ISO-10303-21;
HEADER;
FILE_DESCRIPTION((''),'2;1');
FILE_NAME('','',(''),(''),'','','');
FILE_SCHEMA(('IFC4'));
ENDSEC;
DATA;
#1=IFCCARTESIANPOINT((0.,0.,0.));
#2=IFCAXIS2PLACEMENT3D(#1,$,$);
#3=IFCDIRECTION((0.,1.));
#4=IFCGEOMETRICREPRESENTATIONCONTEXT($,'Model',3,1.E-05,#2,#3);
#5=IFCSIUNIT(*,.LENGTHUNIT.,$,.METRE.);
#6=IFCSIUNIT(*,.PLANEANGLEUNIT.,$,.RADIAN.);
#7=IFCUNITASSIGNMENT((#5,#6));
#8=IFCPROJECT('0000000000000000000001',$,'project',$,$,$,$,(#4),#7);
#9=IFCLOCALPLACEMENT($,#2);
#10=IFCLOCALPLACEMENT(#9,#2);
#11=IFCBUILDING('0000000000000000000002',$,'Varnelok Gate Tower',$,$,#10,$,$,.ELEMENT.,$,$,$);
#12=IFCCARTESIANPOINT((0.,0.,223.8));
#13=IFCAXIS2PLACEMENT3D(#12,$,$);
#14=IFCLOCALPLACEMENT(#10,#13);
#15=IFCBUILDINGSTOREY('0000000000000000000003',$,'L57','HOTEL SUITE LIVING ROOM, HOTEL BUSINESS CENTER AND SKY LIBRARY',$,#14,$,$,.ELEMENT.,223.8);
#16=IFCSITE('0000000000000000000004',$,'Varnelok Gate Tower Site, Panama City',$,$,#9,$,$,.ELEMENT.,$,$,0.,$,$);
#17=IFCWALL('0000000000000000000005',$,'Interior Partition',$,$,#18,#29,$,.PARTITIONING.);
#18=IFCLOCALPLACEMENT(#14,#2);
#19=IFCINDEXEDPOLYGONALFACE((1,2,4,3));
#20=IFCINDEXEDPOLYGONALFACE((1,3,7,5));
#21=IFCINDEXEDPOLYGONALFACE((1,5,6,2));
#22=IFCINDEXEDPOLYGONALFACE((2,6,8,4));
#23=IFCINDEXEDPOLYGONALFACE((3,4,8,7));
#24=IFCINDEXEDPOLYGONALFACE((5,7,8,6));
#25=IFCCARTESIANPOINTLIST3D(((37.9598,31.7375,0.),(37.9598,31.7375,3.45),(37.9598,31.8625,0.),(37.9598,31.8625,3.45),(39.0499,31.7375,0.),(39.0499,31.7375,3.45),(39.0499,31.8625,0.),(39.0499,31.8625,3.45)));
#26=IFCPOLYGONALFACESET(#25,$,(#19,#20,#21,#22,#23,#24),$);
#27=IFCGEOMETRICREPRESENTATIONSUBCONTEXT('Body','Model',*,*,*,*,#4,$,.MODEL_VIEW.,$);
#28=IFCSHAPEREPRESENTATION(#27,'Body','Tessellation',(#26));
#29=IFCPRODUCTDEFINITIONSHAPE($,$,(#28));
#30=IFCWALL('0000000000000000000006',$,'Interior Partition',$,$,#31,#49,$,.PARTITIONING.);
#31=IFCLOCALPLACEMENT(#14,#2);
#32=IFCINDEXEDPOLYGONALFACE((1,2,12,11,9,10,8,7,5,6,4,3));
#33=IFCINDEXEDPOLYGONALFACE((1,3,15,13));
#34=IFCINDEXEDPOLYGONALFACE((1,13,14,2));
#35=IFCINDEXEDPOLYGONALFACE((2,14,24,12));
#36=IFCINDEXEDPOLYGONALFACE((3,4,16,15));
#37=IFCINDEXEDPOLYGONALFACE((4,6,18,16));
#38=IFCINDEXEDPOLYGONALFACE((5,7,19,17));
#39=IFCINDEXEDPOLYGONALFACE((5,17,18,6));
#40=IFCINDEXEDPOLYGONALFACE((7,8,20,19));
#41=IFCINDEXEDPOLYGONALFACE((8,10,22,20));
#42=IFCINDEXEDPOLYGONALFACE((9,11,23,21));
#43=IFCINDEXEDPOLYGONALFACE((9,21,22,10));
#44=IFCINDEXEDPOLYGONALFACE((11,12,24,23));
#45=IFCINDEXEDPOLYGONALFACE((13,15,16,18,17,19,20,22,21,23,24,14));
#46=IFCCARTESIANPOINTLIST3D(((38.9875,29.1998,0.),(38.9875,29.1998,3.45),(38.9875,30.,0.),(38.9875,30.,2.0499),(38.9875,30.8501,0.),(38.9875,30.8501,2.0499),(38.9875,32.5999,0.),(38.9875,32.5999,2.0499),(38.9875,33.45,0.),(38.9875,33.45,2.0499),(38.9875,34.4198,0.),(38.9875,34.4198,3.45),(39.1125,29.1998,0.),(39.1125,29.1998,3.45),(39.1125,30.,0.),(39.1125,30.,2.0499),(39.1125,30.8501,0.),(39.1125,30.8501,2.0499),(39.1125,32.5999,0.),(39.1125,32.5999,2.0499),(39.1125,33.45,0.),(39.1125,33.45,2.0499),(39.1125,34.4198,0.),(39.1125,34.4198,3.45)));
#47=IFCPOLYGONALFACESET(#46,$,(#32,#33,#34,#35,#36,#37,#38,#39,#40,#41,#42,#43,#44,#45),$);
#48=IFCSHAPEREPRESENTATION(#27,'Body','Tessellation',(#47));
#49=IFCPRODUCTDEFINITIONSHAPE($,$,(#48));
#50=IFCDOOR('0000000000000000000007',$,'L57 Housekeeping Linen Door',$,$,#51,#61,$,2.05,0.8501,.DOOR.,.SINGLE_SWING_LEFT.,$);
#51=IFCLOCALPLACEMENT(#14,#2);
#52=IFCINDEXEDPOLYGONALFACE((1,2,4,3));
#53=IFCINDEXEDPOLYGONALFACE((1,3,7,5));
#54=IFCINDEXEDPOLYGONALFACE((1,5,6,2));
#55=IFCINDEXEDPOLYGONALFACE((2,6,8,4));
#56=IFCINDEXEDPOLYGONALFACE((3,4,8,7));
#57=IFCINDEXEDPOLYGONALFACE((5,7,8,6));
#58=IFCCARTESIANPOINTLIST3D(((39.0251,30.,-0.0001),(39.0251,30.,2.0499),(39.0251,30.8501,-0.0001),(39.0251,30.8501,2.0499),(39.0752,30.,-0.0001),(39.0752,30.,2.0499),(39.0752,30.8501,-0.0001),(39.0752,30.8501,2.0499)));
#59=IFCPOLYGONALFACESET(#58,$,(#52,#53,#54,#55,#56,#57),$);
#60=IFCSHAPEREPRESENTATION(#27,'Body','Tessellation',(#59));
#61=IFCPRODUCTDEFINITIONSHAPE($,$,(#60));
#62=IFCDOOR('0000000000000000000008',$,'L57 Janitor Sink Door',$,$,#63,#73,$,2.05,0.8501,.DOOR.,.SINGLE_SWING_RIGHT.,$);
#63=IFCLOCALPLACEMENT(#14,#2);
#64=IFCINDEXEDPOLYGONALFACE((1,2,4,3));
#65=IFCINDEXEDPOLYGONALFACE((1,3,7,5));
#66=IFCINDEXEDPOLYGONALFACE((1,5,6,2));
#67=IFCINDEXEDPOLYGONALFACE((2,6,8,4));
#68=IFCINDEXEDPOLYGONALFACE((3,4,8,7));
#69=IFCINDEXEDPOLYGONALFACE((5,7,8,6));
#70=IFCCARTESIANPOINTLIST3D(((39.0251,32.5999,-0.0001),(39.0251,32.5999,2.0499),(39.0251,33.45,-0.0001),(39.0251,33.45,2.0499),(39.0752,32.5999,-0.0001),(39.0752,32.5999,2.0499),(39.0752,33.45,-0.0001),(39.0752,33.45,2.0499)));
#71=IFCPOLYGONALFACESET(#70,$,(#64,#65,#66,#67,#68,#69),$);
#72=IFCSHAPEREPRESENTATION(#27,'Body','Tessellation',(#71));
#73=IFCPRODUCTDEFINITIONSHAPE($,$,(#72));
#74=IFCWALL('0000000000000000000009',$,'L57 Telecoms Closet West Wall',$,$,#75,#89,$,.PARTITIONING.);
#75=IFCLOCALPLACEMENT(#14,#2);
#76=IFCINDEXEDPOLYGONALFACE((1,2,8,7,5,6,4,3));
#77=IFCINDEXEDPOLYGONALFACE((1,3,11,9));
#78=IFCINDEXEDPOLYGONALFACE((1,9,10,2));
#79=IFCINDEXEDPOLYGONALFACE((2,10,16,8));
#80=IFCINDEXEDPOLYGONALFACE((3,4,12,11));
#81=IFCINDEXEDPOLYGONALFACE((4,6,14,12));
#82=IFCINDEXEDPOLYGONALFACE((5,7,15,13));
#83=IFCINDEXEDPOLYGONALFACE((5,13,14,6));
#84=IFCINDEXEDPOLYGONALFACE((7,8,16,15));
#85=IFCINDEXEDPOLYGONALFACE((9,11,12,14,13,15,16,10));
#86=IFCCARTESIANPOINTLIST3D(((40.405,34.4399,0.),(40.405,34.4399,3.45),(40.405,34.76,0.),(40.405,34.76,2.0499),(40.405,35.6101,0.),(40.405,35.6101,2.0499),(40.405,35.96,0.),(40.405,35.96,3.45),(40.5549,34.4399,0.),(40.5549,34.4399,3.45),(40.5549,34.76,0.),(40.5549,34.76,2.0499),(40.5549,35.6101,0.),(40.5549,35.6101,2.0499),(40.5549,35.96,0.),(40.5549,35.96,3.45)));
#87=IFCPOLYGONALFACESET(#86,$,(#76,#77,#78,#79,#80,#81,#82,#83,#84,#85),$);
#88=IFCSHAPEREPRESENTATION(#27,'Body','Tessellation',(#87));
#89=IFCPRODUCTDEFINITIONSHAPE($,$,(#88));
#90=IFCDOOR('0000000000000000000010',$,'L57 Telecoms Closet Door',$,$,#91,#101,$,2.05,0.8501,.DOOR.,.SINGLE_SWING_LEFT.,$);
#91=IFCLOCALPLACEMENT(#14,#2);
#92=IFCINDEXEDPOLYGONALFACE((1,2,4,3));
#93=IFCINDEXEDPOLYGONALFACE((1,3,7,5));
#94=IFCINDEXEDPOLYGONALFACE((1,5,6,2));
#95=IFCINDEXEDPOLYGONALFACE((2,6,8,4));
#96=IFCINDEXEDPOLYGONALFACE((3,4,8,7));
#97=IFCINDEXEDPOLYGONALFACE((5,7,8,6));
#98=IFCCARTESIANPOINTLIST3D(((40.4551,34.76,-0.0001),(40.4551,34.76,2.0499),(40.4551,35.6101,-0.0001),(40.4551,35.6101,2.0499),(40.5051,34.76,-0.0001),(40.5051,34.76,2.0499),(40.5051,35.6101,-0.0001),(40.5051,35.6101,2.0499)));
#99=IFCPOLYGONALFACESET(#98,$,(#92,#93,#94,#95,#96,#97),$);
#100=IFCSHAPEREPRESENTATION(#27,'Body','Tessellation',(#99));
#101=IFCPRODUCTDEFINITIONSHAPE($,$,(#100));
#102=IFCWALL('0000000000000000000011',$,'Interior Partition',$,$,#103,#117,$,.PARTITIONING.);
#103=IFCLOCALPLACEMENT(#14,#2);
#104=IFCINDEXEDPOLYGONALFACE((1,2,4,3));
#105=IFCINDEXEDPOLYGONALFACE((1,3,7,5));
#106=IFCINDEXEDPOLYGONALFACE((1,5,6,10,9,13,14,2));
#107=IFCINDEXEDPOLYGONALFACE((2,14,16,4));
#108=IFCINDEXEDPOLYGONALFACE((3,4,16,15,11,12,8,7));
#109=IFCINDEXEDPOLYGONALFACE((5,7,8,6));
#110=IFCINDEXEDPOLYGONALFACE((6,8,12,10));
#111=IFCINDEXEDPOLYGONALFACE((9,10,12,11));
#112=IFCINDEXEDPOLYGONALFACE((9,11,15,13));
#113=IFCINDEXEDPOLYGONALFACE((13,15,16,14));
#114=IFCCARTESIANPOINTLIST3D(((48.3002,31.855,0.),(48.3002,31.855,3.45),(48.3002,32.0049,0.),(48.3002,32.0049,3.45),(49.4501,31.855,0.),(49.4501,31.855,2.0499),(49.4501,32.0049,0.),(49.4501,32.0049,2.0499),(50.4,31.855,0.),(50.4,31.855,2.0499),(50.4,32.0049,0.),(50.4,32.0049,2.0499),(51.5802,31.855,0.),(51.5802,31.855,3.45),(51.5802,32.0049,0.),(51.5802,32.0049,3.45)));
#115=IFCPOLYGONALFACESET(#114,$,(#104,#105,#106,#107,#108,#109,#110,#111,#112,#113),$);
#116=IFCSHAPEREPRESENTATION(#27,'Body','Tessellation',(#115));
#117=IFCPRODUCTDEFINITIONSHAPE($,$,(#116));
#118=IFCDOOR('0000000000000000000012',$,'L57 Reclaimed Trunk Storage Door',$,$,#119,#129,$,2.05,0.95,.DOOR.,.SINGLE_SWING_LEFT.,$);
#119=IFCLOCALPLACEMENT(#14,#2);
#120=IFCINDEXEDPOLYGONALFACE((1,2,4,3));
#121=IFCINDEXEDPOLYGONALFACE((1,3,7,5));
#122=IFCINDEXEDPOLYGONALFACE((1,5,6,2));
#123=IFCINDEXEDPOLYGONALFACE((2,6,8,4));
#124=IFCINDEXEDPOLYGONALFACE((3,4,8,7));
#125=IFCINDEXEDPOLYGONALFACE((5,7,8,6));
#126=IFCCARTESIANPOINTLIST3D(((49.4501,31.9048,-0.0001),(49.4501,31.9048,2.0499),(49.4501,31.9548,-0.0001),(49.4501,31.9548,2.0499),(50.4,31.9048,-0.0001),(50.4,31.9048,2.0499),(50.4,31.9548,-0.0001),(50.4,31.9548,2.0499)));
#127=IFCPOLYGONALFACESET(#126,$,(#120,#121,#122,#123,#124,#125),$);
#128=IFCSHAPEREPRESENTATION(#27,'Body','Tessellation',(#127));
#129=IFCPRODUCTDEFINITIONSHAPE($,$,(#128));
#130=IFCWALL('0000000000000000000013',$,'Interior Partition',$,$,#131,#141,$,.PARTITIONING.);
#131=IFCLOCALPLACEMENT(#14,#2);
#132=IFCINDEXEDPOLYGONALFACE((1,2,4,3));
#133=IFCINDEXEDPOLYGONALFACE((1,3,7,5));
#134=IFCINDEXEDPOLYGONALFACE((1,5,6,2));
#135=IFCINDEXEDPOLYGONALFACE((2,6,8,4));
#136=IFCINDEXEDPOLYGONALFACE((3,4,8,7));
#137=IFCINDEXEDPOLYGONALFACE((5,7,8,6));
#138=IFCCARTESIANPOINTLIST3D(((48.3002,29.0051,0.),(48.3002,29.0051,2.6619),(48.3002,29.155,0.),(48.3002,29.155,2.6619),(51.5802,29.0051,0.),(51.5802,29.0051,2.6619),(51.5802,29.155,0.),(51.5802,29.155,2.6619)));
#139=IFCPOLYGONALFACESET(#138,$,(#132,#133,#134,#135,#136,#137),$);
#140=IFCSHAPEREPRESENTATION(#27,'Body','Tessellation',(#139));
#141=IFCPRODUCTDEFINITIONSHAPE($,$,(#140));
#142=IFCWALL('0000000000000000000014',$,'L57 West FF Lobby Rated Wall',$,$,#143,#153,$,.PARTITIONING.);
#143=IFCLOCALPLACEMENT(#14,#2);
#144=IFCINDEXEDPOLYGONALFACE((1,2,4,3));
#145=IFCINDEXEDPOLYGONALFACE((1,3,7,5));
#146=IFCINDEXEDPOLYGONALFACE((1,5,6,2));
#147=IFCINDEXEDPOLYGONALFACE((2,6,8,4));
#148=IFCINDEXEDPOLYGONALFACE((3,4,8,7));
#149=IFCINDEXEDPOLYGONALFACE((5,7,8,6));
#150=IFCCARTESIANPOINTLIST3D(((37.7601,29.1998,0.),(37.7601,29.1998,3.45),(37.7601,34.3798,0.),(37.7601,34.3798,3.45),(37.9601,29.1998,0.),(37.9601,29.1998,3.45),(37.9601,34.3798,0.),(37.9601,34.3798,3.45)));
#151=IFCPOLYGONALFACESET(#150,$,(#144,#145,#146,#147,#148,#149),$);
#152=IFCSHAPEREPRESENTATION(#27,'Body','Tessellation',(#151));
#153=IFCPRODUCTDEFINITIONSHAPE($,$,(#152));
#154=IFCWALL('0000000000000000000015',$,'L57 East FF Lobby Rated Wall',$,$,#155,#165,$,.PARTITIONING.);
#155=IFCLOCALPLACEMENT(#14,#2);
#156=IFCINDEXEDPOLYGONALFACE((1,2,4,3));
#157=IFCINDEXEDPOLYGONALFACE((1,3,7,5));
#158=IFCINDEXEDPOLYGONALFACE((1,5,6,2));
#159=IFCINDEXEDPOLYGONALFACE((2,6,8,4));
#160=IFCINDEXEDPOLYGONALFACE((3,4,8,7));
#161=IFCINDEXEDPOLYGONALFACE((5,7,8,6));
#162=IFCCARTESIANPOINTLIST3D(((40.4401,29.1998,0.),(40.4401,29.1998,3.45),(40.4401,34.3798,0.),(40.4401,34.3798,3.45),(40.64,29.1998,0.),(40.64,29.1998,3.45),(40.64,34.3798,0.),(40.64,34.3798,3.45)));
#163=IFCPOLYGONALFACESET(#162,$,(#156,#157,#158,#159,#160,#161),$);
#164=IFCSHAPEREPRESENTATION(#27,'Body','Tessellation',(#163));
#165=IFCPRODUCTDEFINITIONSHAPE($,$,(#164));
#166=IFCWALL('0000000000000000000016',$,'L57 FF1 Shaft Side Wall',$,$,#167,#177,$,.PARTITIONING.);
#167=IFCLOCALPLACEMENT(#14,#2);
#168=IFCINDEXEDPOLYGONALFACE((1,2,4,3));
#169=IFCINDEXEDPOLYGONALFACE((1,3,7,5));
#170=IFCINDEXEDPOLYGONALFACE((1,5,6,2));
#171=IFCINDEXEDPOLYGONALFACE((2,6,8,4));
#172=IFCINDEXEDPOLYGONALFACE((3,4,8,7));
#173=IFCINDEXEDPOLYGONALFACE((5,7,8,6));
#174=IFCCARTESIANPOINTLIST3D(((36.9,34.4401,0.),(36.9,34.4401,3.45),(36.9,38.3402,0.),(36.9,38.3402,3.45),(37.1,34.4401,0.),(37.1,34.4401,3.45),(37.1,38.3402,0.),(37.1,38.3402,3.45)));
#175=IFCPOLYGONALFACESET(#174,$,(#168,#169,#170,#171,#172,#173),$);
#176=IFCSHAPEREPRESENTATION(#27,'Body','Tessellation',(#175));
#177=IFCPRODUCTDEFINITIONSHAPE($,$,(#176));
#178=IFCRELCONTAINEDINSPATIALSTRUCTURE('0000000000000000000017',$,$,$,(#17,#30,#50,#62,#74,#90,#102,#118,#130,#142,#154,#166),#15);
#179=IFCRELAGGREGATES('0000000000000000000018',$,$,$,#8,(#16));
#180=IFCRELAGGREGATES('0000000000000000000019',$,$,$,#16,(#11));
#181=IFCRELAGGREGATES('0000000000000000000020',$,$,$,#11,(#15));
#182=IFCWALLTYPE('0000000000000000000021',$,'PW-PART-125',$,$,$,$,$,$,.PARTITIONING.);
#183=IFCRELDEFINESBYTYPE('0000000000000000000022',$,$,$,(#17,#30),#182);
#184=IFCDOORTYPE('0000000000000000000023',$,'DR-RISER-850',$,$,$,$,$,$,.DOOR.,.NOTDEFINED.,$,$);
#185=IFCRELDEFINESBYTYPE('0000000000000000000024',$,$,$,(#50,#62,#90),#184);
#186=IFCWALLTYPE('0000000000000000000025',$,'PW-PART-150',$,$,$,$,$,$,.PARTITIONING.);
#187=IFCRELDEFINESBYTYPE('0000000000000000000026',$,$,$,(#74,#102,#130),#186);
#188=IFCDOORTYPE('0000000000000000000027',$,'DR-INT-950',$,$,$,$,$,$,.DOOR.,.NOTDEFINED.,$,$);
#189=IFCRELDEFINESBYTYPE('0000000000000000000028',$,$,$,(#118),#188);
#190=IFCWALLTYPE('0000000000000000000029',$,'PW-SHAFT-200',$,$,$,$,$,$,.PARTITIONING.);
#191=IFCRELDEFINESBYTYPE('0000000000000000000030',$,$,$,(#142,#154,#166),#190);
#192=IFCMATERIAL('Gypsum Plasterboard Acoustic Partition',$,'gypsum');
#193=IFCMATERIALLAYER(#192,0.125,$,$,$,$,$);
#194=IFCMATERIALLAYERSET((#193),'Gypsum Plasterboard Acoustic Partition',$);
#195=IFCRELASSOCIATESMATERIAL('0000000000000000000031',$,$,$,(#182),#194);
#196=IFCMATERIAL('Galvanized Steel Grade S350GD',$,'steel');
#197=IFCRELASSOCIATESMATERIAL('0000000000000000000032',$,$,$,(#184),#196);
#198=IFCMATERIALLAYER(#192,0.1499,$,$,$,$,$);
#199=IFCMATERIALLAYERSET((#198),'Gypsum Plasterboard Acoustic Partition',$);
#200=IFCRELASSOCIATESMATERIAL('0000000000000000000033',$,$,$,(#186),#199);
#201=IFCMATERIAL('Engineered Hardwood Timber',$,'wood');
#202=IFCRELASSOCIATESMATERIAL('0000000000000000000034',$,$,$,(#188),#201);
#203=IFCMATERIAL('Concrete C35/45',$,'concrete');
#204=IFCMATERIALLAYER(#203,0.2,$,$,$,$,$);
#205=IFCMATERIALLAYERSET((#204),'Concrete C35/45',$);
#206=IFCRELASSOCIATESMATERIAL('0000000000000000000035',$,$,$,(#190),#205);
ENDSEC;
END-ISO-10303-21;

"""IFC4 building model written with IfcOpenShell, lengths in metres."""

from ifc_helpers import new_model, si_unit, direction, frame, frame_2d, origin, place, context, subcontext, project, spatial, rectangle, extrude, material, layer, layer_set, type_object, element, fill, save


model = new_model("IFC4")

# Units and contexts
model_context = context("Model", 3, precision=1e-05, world=origin(), true_north=direction((0.0, 1.0)))
body_context = subcontext(model_context, "Body", "Model", "MODEL_VIEW")
ifc_project = project(units=[si_unit("LENGTHUNIT", "METRE"), si_unit("PLANEANGLEUNIT", "RADIAN")], contexts=[model_context])

# Site, building, storey
site_placement = place(None, origin())
site = spatial("IfcSite", under=ifc_project, at=site_placement, Name="Varnelok Gate Tower Site, Panama City", CompositionType="ELEMENT", RefElevation=0.0)
building_placement = place(site_placement, origin())
building = spatial("IfcBuilding", under=site, at=building_placement, Name="Varnelok Gate Tower", CompositionType="ELEMENT")
storey_placement = place(building_placement, frame((0.0, 0.0, 223.8)))
storey = spatial("IfcBuildingStorey", under=building, at=storey_placement, Name="L57", Description="HOTEL SUITE LIVING ROOM, HOTEL BUSINESS CENTER AND SKY LIBRARY", CompositionType="ELEMENT", Elevation=223.8)

# Wall
ifc_material_1 = material(Name="Gypsum Plasterboard Acoustic Partition", Category="gypsum")
ifc_layer_1 = layer(ifc_material_1, 0.125)
ifc_layer_set_1 = layer_set([ifc_layer_1], Name="Gypsum Plasterboard Acoustic Partition")
wall_type_1 = type_object("IfcWallType", Name="PW-PART-125", PredefinedType="PARTITIONING", material=ifc_layer_set_1)
wall_1_placement = place(storey_placement, frame((37.96, 31.8, 0.0), z_axis=(0.0, 0.0, 1.0), x_axis=(1.0, 0.0, 0.0)))
element("IfcWall", 1, at=wall_1_placement, inside=storey, type_object=wall_type_1, Name="Interior Partition", PredefinedType="PARTITIONING", context=body_context, shape_type="SweptSolid", body=[
    extrude(rectangle(XDim=1.0901, YDim=0.125, at=frame_2d((0.5449, 0.0))), origin(), (0.0, 0.0, 1.0), 3.45),
])

# Wall, openings, doors
wall_2_placement = place(storey_placement, frame((39.05, 29.2, 0.0), z_axis=(0.0, 0.0, 1.0), x_axis=(0.0, 1.0, 0.0)))
wall_2 = element("IfcWall", 2, at=wall_2_placement, inside=storey, type_object=wall_type_1, Name="Interior Partition", PredefinedType="PARTITIONING", context=body_context, shape_type="SweptSolid", body=[
    extrude(rectangle(XDim=5.22, YDim=0.125, at=frame_2d((2.6099, 0.0))), origin(), (0.0, 0.0, 1.0), 3.45),
])
opening_1_placement = place(wall_2_placement, frame((0.8, 0.0, 0.0)))
opening_1 = element("IfcOpeningElement", 3, at=opening_1_placement, cuts=wall_2, PredefinedType="OPENING", context=body_context, shape_type="SweptSolid", body=[
    extrude(rectangle(XDim=0.8501, YDim=2.05, at=frame_2d((0.425, 1.0249))), frame((0.0, 0.0725, 0.0), z_axis=(0.0, -1.0, 0.0), x_axis=(1.0, 0.0, 0.0)), (0.0, 0.0, 1.0), 0.145),
])
opening_2_placement = place(wall_2_placement, frame((3.3999, 0.0, 0.0)))
opening_2 = element("IfcOpeningElement", 4, at=opening_2_placement, cuts=wall_2, PredefinedType="OPENING", context=body_context, shape_type="SweptSolid", body=[
    extrude(rectangle(XDim=0.8501, YDim=2.05, at=frame_2d((0.425, 1.0249))), frame((0.0, 0.0725, 0.0), z_axis=(0.0, -1.0, 0.0), x_axis=(1.0, 0.0, 0.0)), (0.0, 0.0, 1.0), 0.145),
])
ifc_material_2 = material(Name="Galvanized Steel Grade S350GD", Category="steel")
door_type_1 = type_object("IfcDoorType", Name="DR-RISER-850", OperationType="NOTDEFINED", PredefinedType="DOOR", material=ifc_material_2)
door_1_placement = place(opening_1_placement, origin())
door_1 = element("IfcDoor", 5, at=door_1_placement, inside=storey, type_object=door_type_1, Name="L57 Housekeeping Linen Door", OperationType="SINGLE_SWING_LEFT", OverallHeight=2.05, OverallWidth=0.8501, PredefinedType="DOOR", context=body_context, shape_type="SweptSolid", body=[
    extrude(rectangle(XDim=0.8501, YDim=2.05, at=frame_2d((0.425, 1.0249))), frame((0.0, 0.0249, 0.0), z_axis=(0.0, -1.0, 0.0), x_axis=(1.0, 0.0, 0.0)), (0.0, 0.0, 1.0), 0.05),
])
fill(opening_1, door_1)
door_2_placement = place(opening_2_placement, origin())
door_2 = element("IfcDoor", 6, at=door_2_placement, inside=storey, type_object=door_type_1, Name="L57 Janitor Sink Door", OperationType="SINGLE_SWING_RIGHT", OverallHeight=2.05, OverallWidth=0.8501, PredefinedType="DOOR", context=body_context, shape_type="SweptSolid", body=[
    extrude(rectangle(XDim=0.8501, YDim=2.05, at=frame_2d((0.425, 1.0249))), frame((0.0, 0.0249, 0.0), z_axis=(0.0, -1.0, 0.0), x_axis=(1.0, 0.0, 0.0)), (0.0, 0.0, 1.0), 0.05),
])
fill(opening_2, door_2)

# Walls, openings, doors
ifc_layer_2 = layer(ifc_material_1, 0.1499)
ifc_layer_set_2 = layer_set([ifc_layer_2], Name="Gypsum Plasterboard Acoustic Partition")
wall_type_2 = type_object("IfcWallType", Name="PW-PART-150", PredefinedType="PARTITIONING", material=ifc_layer_set_2)
wall_3_placement = place(storey_placement, frame((40.48, 34.4399, 0.0), z_axis=(0.0, 0.0, 1.0), x_axis=(0.0, 1.0, 0.0)))
wall_3 = element("IfcWall", 7, at=wall_3_placement, inside=storey, type_object=wall_type_2, Name="L57 Telecoms Closet West Wall", PredefinedType="PARTITIONING", context=body_context, shape_type="SweptSolid", body=[
    extrude(rectangle(XDim=1.52, YDim=0.1499, at=frame_2d((0.76, 0.0))), origin(), (0.0, 0.0, 1.0), 3.45),
])
opening_3_placement = place(wall_3_placement, frame((0.3201, 0.0, 0.0)))
opening_3 = element("IfcOpeningElement", 8, at=opening_3_placement, cuts=wall_3, PredefinedType="OPENING", context=body_context, shape_type="SweptSolid", body=[
    extrude(rectangle(XDim=0.8501, YDim=2.05, at=frame_2d((0.425, 1.0249))), frame((0.0, 0.085, 0.0), z_axis=(0.0, -1.0, 0.0), x_axis=(1.0, 0.0, 0.0)), (0.0, 0.0, 1.0), 0.1699),
])
door_3_placement = place(opening_3_placement, origin())
door_3 = element("IfcDoor", 9, at=door_3_placement, inside=storey, type_object=door_type_1, Name="L57 Telecoms Closet Door", OperationType="SINGLE_SWING_LEFT", OverallHeight=2.05, OverallWidth=0.8501, PredefinedType="DOOR", context=body_context, shape_type="SweptSolid", body=[
    extrude(rectangle(XDim=0.8501, YDim=2.05, at=frame_2d((0.425, 1.0249))), frame((0.0, 0.0249, 0.0), z_axis=(0.0, -1.0, 0.0), x_axis=(1.0, 0.0, 0.0)), (0.0, 0.0, 1.0), 0.05),
])
fill(opening_3, door_3)
wall_4_placement = place(storey_placement, frame((48.3, 31.9299, 0.0), z_axis=(0.0, 0.0, 1.0), x_axis=(1.0, 0.0, 0.0)))
wall_4 = element("IfcWall", 10, at=wall_4_placement, inside=storey, type_object=wall_type_2, Name="Interior Partition", PredefinedType="PARTITIONING", context=body_context, shape_type="SweptSolid", body=[
    extrude(rectangle(XDim=3.28, YDim=0.1499, at=frame_2d((1.6401, 0.0))), origin(), (0.0, 0.0, 1.0), 3.45),
])
opening_4_placement = place(wall_4_placement, frame((1.1499, 0.0, 0.0)))
opening_4 = element("IfcOpeningElement", 11, at=opening_4_placement, cuts=wall_4, PredefinedType="OPENING", context=body_context, shape_type="SweptSolid", body=[
    extrude(rectangle(XDim=0.95, YDim=2.05, at=frame_2d((0.4751, 1.0249))), frame((0.0, 0.085, 0.0), z_axis=(0.0, -1.0, 0.0), x_axis=(1.0, 0.0, 0.0)), (0.0, 0.0, 1.0), 0.1699),
])
ifc_material_3 = material(Name="Engineered Hardwood Timber", Category="wood")
door_type_2 = type_object("IfcDoorType", Name="DR-INT-950", OperationType="NOTDEFINED", PredefinedType="DOOR", material=ifc_material_3)
door_4_placement = place(opening_4_placement, origin())
door_4 = element("IfcDoor", 12, at=door_4_placement, inside=storey, type_object=door_type_2, Name="L57 Reclaimed Trunk Storage Door", OperationType="SINGLE_SWING_LEFT", OverallHeight=2.05, OverallWidth=0.95, PredefinedType="DOOR", context=body_context, shape_type="SweptSolid", body=[
    extrude(rectangle(XDim=0.95, YDim=2.05, at=frame_2d((0.4751, 1.0249))), frame((0.0, 0.0249, 0.0), z_axis=(0.0, -1.0, 0.0), x_axis=(1.0, 0.0, 0.0)), (0.0, 0.0, 1.0), 0.05),
])
fill(opening_4, door_4)

# Walls
wall_5_placement = place(storey_placement, frame((48.3, 29.0801, 0.0), z_axis=(0.0, 0.0, 1.0), x_axis=(1.0, 0.0, 0.0)))
element("IfcWall", 13, at=wall_5_placement, inside=storey, type_object=wall_type_2, Name="Interior Partition", PredefinedType="PARTITIONING", context=body_context, shape_type="SweptSolid", body=[
    extrude(rectangle(XDim=3.28, YDim=0.1499, at=frame_2d((1.6401, 0.0))), origin(), (0.0, 0.0, 1.0), 2.6619),
])
ifc_material_4 = material(Name="Concrete C35/45", Category="concrete")
ifc_layer_3 = layer(ifc_material_4, 0.2)
ifc_layer_set_3 = layer_set([ifc_layer_3], Name="Concrete C35/45")
wall_type_3 = type_object("IfcWallType", Name="PW-SHAFT-200", PredefinedType="PARTITIONING", material=ifc_layer_set_3)
for number, where, z_axis, x_axis, name in (
    (14, (37.8601, 29.2, 0.0), (0.0, 0.0, 1.0), (0.0, 1.0, 0.0), "L57 West FF Lobby Rated Wall"),
    (15, (40.54, 29.2, 0.0), (0.0, 0.0, 1.0), (0.0, 1.0, 0.0), "L57 East FF Lobby Rated Wall"),
):
    element("IfcWall", number, at=place(storey_placement, frame(where, z_axis=z_axis, x_axis=x_axis)), inside=storey, type_object=wall_type_3, Name=name, PredefinedType="PARTITIONING", context=body_context, shape_type="SweptSolid", body=[
        extrude(rectangle(XDim=5.1799, YDim=0.2, at=frame_2d((2.5898, 0.0))), origin(), (0.0, 0.0, 1.0), 3.45),
    ])
wall_6_placement = place(storey_placement, frame((37.0, 34.4399, 0.0), z_axis=(0.0, 0.0, 1.0), x_axis=(0.0, 1.0, 0.0)))
element("IfcWall", 16, at=wall_6_placement, inside=storey, type_object=wall_type_3, Name="L57 FF1 Shaft Side Wall", PredefinedType="PARTITIONING", context=body_context, shape_type="SweptSolid", body=[
    extrude(rectangle(XDim=3.9001, YDim=0.2, at=frame_2d((1.9502, 0.0))), origin(), (0.0, 0.0, 1.0), 3.45),
])

save(model, "model.ifc")
